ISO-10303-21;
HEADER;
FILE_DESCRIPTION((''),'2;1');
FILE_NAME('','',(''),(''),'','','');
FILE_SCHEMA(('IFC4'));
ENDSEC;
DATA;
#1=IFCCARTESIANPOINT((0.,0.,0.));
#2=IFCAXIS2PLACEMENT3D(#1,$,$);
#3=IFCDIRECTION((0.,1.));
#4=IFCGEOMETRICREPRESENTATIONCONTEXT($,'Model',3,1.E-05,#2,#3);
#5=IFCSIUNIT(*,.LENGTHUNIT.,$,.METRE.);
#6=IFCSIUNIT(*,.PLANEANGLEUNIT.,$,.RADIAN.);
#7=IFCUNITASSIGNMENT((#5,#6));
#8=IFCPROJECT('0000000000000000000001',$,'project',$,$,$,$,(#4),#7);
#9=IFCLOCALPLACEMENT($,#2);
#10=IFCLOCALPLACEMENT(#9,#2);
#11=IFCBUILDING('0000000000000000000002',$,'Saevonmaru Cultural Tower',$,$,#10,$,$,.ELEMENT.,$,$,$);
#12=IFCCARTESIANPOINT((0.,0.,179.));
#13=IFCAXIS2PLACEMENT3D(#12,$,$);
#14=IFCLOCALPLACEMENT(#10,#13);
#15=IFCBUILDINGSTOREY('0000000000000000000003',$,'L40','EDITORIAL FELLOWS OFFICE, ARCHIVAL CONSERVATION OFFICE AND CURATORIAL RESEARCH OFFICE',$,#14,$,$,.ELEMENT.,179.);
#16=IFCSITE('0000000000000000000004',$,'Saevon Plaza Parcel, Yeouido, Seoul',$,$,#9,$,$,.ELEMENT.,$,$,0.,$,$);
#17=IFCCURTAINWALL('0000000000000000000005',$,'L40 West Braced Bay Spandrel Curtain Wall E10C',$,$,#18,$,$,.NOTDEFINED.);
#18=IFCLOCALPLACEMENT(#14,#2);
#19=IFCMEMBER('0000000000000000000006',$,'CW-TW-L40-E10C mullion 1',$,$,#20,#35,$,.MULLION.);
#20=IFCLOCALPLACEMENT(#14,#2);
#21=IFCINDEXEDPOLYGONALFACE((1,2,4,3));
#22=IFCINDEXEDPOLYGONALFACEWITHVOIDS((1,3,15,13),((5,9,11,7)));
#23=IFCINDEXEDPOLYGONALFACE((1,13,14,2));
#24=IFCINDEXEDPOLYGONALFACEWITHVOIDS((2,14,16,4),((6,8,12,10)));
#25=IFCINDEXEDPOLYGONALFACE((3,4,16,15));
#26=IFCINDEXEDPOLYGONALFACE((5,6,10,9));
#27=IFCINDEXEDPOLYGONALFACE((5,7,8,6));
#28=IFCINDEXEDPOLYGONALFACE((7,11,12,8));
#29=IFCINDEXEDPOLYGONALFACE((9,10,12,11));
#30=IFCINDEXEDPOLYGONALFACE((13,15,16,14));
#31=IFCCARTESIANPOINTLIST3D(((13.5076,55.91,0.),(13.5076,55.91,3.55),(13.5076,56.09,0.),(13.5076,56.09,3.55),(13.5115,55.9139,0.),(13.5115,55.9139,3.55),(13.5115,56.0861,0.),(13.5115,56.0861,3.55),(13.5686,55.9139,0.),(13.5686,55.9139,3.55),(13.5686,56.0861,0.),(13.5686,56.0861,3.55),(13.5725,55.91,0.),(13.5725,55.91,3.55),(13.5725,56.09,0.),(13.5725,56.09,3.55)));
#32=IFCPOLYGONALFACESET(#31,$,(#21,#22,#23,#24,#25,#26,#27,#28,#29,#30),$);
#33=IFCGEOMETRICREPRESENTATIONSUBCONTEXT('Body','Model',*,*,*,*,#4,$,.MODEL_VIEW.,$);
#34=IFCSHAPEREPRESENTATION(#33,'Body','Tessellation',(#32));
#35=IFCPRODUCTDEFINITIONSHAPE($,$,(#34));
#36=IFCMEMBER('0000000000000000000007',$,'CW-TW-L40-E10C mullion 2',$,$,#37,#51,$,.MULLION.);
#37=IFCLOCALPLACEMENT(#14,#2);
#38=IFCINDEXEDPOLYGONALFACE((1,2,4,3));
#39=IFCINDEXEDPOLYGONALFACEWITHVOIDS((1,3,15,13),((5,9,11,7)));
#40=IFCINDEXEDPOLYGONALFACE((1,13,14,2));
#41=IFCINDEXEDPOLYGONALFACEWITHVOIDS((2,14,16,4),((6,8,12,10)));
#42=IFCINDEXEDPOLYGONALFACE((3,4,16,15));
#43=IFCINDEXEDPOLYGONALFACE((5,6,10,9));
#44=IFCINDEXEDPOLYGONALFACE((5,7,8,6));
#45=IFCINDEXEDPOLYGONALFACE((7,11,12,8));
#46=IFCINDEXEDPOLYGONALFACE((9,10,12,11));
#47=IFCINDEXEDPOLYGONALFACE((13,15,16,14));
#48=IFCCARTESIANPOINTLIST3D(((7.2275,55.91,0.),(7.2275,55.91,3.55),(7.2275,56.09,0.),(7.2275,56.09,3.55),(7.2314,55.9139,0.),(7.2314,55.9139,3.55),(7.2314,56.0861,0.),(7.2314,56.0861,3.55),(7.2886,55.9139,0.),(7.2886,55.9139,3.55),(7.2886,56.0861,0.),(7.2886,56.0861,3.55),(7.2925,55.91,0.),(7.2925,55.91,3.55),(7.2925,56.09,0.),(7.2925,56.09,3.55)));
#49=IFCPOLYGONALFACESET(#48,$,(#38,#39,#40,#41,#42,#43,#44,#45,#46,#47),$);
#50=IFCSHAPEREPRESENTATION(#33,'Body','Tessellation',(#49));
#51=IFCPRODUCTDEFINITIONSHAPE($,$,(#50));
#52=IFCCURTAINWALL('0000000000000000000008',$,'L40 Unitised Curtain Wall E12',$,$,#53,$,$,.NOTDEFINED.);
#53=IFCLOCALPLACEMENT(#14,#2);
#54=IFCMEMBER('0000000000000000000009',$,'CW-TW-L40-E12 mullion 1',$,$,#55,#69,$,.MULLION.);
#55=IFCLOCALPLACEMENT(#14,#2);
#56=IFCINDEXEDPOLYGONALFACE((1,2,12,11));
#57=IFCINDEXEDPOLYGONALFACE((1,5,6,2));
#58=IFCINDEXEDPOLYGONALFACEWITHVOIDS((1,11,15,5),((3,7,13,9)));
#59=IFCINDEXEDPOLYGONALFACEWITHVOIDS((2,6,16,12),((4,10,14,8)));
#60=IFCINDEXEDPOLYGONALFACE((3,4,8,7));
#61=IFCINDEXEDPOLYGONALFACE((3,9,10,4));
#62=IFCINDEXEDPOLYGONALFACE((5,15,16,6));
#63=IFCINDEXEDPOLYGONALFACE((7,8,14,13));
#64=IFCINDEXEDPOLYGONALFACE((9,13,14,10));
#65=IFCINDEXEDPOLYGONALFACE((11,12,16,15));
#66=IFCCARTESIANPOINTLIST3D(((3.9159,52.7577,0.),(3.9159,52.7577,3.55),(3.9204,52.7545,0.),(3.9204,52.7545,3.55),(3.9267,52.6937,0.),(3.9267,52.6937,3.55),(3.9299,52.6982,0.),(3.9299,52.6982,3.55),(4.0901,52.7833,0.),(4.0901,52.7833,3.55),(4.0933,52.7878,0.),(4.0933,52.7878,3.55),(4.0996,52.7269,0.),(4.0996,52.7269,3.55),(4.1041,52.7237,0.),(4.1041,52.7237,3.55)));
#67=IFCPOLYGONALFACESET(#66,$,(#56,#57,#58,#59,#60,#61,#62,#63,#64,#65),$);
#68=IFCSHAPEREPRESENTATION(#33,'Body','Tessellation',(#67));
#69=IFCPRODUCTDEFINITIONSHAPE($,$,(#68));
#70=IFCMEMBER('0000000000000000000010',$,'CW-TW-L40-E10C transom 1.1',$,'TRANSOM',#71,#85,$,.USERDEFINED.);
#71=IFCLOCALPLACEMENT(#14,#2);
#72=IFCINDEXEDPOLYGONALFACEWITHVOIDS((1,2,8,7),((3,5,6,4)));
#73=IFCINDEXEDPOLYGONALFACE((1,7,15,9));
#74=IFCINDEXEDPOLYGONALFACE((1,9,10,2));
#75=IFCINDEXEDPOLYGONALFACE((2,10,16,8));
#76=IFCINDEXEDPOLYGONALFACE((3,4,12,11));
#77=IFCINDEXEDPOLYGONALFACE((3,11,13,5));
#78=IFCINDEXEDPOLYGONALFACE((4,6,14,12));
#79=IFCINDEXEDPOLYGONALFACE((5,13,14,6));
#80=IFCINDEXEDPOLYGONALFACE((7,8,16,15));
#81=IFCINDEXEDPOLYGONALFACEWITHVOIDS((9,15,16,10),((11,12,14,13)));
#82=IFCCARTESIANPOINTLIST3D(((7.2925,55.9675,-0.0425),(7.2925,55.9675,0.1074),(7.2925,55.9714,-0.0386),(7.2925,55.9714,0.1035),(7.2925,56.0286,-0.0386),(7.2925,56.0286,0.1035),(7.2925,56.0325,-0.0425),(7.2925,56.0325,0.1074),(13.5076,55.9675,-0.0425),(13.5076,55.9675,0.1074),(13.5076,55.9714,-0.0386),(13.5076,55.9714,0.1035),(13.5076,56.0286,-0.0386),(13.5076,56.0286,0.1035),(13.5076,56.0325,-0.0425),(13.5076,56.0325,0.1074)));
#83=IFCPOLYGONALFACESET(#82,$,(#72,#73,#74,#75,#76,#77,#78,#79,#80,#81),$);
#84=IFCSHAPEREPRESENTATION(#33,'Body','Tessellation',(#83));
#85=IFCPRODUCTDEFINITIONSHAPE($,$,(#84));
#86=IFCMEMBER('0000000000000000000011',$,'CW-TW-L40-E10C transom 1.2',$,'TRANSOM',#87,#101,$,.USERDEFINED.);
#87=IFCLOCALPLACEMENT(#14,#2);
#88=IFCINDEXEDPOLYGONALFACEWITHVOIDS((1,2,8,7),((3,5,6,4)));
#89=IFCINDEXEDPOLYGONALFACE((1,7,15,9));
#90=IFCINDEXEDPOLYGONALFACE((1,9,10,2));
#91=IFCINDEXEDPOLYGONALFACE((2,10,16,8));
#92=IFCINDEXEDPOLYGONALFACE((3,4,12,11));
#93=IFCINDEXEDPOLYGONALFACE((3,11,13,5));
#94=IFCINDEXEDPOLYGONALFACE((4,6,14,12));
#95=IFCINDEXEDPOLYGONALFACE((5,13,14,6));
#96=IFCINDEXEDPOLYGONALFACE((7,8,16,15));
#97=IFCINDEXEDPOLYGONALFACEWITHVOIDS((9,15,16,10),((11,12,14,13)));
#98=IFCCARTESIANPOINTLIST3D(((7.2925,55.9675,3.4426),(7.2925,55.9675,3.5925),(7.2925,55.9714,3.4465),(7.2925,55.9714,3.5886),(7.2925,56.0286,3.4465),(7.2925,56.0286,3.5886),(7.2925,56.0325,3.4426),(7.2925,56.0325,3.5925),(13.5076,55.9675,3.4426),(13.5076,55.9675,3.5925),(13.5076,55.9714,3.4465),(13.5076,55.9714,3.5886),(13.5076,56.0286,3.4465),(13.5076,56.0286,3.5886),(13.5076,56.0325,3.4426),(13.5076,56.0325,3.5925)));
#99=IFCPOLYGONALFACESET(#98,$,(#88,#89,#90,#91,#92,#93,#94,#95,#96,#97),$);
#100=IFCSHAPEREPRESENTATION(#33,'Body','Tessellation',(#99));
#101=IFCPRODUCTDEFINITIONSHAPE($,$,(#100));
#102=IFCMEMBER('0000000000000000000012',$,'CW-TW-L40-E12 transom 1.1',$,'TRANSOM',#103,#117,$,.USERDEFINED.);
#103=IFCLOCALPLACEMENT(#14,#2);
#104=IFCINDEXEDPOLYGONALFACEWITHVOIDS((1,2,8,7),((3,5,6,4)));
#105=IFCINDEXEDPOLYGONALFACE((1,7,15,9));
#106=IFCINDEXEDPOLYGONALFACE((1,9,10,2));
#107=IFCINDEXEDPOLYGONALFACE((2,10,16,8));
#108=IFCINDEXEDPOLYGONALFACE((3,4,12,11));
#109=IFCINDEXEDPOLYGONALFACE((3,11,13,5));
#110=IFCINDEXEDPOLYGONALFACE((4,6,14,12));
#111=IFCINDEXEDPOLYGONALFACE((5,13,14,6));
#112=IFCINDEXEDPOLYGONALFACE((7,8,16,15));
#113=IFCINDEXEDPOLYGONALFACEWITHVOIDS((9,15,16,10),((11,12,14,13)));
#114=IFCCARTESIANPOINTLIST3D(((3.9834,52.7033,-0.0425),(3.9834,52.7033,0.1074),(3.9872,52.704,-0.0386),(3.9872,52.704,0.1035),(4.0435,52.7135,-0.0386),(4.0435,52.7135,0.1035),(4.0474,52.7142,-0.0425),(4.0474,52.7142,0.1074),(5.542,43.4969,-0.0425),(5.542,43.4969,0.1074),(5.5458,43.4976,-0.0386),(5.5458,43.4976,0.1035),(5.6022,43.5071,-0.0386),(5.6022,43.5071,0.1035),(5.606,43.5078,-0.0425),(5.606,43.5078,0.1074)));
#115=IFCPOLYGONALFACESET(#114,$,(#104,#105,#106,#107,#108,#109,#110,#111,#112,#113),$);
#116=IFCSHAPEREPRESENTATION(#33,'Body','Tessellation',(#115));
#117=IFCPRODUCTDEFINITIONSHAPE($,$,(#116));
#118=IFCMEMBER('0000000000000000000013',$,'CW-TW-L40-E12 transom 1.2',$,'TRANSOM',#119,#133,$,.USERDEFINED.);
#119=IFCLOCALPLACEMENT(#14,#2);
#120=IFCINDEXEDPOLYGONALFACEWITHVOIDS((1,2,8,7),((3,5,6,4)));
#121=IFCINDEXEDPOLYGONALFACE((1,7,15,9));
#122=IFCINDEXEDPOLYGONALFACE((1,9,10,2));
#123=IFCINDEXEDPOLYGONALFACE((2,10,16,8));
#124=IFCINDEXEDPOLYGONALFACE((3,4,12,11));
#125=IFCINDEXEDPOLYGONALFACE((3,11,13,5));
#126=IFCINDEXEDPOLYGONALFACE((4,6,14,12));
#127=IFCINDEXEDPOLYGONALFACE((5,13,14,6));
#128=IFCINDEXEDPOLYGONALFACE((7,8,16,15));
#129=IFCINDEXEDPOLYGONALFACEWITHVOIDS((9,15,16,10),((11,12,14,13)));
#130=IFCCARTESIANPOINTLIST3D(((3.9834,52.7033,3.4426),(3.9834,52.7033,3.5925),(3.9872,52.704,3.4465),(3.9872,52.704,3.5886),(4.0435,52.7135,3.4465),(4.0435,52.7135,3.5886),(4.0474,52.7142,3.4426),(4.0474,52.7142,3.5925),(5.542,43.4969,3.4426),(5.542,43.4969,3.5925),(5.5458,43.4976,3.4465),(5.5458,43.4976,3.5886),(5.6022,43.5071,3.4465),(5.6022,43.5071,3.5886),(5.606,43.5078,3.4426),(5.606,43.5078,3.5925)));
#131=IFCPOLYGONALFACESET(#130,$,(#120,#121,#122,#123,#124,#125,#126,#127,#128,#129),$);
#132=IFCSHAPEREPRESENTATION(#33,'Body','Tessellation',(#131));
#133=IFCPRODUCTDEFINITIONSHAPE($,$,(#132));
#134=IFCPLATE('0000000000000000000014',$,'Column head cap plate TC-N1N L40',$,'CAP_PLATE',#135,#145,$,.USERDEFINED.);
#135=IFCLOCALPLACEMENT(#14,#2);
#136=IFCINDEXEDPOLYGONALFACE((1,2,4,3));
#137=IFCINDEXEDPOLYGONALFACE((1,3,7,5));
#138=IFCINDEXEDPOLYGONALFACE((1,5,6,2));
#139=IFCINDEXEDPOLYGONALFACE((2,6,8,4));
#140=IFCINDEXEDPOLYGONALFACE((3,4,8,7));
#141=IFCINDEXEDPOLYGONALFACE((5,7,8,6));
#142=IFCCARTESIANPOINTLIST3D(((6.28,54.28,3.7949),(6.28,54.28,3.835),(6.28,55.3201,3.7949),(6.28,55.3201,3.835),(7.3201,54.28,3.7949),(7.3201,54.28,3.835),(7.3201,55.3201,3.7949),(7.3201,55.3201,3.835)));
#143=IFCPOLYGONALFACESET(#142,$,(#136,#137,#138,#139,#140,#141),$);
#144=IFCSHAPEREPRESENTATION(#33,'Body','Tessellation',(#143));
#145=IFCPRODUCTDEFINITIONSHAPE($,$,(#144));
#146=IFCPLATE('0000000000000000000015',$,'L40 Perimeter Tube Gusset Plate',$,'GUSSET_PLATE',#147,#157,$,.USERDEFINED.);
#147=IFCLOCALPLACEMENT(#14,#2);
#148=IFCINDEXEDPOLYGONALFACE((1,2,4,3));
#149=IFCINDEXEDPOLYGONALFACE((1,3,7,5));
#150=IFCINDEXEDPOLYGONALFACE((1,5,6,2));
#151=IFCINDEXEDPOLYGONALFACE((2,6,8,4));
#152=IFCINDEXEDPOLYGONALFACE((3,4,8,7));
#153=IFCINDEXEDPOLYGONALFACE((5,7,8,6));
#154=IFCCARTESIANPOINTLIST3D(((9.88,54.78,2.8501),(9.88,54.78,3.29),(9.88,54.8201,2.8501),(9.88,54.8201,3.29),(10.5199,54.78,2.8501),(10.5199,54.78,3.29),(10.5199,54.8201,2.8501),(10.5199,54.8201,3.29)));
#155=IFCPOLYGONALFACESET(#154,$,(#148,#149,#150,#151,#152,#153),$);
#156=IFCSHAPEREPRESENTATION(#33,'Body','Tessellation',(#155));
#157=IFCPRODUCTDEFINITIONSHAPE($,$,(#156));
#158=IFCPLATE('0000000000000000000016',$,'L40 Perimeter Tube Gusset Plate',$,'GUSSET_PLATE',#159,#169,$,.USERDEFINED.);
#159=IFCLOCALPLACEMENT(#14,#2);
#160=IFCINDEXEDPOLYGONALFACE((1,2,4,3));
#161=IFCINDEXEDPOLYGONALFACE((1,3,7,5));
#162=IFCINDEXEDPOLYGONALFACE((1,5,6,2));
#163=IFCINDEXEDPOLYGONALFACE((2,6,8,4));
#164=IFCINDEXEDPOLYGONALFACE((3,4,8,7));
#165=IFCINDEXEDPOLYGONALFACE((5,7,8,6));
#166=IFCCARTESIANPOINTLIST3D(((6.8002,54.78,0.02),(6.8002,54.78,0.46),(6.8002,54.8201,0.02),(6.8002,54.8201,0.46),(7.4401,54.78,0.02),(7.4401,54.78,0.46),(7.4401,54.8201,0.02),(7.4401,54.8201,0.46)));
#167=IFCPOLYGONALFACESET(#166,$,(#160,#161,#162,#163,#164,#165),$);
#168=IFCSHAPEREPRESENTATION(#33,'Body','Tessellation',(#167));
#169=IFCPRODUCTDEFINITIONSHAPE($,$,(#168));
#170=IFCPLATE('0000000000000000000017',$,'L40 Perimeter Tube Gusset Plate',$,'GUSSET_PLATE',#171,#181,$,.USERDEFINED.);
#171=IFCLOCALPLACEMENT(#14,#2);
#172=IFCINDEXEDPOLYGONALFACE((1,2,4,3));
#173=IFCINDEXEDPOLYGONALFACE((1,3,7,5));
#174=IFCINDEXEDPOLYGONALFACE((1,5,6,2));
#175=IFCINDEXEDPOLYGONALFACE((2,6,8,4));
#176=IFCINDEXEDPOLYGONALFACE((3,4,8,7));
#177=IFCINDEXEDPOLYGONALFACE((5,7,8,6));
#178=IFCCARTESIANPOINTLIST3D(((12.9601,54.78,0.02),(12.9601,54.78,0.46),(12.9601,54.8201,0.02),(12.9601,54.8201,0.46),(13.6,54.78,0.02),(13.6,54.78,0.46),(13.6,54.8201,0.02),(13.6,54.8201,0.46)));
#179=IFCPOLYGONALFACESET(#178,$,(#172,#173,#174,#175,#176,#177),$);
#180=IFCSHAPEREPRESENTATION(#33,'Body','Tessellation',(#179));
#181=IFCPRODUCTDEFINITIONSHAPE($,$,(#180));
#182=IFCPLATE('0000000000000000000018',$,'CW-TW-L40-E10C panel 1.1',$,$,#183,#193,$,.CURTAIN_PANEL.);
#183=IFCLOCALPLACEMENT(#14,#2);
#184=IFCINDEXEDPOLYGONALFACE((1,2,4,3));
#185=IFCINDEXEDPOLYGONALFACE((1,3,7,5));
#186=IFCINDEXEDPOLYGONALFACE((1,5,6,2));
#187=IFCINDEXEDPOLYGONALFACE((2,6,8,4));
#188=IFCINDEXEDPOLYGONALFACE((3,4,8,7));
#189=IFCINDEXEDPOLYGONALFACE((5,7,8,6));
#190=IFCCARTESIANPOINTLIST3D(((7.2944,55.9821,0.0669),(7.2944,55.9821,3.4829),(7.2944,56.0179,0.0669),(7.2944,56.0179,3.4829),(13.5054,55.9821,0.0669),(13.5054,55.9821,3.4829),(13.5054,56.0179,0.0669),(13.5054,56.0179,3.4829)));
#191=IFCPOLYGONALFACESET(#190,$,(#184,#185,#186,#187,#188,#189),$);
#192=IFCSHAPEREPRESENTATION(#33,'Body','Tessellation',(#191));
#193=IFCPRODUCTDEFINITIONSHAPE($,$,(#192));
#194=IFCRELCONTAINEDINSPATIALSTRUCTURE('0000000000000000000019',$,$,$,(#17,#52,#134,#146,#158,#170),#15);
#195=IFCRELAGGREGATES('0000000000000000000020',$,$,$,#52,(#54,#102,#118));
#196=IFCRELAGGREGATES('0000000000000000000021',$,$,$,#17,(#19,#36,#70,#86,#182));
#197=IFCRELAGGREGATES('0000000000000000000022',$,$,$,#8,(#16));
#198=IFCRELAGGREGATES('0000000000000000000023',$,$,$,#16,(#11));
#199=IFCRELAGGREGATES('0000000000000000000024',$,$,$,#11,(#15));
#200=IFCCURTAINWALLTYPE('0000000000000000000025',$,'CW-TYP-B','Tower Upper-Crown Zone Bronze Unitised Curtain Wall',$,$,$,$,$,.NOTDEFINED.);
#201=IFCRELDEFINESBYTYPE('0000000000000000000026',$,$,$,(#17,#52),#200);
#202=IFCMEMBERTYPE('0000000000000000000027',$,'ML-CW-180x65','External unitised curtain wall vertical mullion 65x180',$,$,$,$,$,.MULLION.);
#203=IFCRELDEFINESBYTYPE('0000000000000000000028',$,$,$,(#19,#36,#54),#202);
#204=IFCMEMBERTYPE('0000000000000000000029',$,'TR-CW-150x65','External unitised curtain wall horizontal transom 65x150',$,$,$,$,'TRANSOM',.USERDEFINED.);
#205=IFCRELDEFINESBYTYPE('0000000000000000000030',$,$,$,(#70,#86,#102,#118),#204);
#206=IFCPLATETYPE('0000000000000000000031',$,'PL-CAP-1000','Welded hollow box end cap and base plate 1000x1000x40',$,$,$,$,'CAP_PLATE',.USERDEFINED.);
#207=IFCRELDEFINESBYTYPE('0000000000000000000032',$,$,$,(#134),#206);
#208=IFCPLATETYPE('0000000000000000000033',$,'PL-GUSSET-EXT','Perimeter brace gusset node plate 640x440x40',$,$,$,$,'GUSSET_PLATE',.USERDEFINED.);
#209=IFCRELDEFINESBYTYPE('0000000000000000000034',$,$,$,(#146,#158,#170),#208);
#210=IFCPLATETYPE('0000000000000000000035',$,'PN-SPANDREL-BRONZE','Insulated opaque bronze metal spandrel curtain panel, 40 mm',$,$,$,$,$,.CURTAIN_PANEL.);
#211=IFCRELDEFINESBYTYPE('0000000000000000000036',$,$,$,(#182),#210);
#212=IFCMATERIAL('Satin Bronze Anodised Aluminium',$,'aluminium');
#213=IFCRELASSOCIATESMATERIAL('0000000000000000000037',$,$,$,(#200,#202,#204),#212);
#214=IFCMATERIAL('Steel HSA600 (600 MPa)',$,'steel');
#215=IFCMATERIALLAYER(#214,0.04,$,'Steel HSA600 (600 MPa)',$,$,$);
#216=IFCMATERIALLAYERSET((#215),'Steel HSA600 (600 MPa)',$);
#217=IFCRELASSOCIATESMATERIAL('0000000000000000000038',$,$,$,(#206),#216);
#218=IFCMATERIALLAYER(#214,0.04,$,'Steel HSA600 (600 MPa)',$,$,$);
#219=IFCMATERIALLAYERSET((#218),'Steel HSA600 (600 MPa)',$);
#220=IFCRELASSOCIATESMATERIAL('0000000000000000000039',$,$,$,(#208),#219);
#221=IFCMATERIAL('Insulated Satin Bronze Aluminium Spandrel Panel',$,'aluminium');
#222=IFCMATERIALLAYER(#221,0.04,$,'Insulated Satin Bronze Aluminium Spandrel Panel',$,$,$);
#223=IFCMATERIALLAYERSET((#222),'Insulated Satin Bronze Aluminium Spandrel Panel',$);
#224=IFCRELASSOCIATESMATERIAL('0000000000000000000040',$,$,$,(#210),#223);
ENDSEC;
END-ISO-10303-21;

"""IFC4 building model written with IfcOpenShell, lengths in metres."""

from ifc_helpers import new_model, si_unit, direction, frame, origin, origin_2d, place, context, subcontext, project, spatial, rectangle, hollow_rectangle, extrude, material, layer, layer_set, material_profile, profile_set, type_object, element, aggregate, save


model = new_model("IFC4")

# Units and contexts
model_context = context("Model", 3, precision=1e-05, world=origin(), true_north=direction((0.0, 1.0)))
body_context = subcontext(model_context, "Body", "Model", "MODEL_VIEW")
ifc_project = project(units=[si_unit("LENGTHUNIT", "METRE"), si_unit("PLANEANGLEUNIT", "RADIAN")], contexts=[model_context])

# Site, building, storey
site_placement = place(None, origin())
site = spatial("IfcSite", under=ifc_project, at=site_placement, Name="Saevon Plaza Parcel, Yeouido, Seoul", CompositionType="ELEMENT", RefElevation=0.0)
building_placement = place(site_placement, origin())
building = spatial("IfcBuilding", under=site, at=building_placement, Name="Saevonmaru Cultural Tower", CompositionType="ELEMENT")
storey_placement = place(building_placement, frame((0.0, 0.0, 179.0)))
storey = spatial("IfcBuildingStorey", under=building, at=storey_placement, Name="L40", Description="EDITORIAL FELLOWS OFFICE, ARCHIVAL CONSERVATION OFFICE AND CURATORIAL RESEARCH OFFICE", CompositionType="ELEMENT", Elevation=179.0)

# Curtain wall, members
ifc_material_1 = material(Name="Satin Bronze Anodised Aluminium", Category="aluminium")
curtain_wall_type = type_object("IfcCurtainWallType", Name="CW-TYP-B", Description="Tower Upper-Crown Zone Bronze Unitised Curtain Wall", PredefinedType="NOTDEFINED", material=ifc_material_1)
curtain_wall_1_placement = place(storey_placement, origin())
curtain_wall_1 = element("IfcCurtainWall", 1, at=curtain_wall_1_placement, inside=storey, type_object=curtain_wall_type, Name="L40 West Braced Bay Spandrel Curtain Wall E10C", PredefinedType="NOTDEFINED")
ifc_material_profile_1 = material_profile(ifc_material_1, hollow_rectangle(XDim=0.0649, YDim=0.1799, WallThickness=0.0039, at=origin_2d()), Name="ALU-MULL-180x65x4")
ifc_profile_set_1 = profile_set([ifc_material_profile_1], Name="Satin Bronze Anodised Aluminium")
member_type_1 = type_object("IfcMemberType", Name="ML-CW-180x65", Description="External unitised curtain wall vertical mullion 65x180", PredefinedType="MULLION", material=ifc_profile_set_1)
member_1_placement = place(storey_placement, frame((13.54, 56.0, 0.0), z_axis=(0.0, 0.0, 1.0), x_axis=(-1.0, 0.0, 0.0)))
member_1 = element("IfcMember", 2, at=member_1_placement, type_object=member_type_1, Name="CW-TW-L40-E10C mullion 1", PredefinedType="MULLION", context=body_context, shape_type="SweptSolid", body=[
    extrude(hollow_rectangle(XDim=0.0649, YDim=0.1799, WallThickness=0.0039, at=origin_2d()), origin(), (0.0, 0.0, 1.0), 3.55),
])
member_2_placement = place(storey_placement, frame((7.26, 56.0, 0.0), z_axis=(0.0, 0.0, 1.0), x_axis=(-1.0, 0.0, 0.0)))
member_2 = element("IfcMember", 3, at=member_2_placement, type_object=member_type_1, Name="CW-TW-L40-E10C mullion 2", PredefinedType="MULLION", context=body_context, shape_type="SweptSolid", body=[
    extrude(hollow_rectangle(XDim=0.0649, YDim=0.1799, WallThickness=0.0039, at=origin_2d()), origin(), (0.0, 0.0, 1.0), 3.55),
])

# Curtain wall, member
curtain_wall_2_placement = place(storey_placement, origin())
curtain_wall_2 = element("IfcCurtainWall", 4, at=curtain_wall_2_placement, inside=storey, type_object=curtain_wall_type, Name="L40 Unitised Curtain Wall E12", PredefinedType="NOTDEFINED")
member_3_placement = place(storey_placement, frame((4.01, 52.7407, 0.0), z_axis=(0.0, 0.0, 1.0), x_axis=(0.166922, -0.98597, 0.0)))
member_3 = element("IfcMember", 5, at=member_3_placement, type_object=member_type_1, Name="CW-TW-L40-E12 mullion 1", PredefinedType="MULLION", context=body_context, shape_type="SweptSolid", body=[
    extrude(hollow_rectangle(XDim=0.0649, YDim=0.1799, WallThickness=0.0039, at=origin_2d()), origin(), (0.0, 0.0, 1.0), 3.55),
])

# Members
ifc_material_profile_2 = material_profile(ifc_material_1, hollow_rectangle(XDim=0.0649, YDim=0.1499, WallThickness=0.0039, at=origin_2d()), Name="ALU-TRAN-150x65x4")
ifc_profile_set_2 = profile_set([ifc_material_profile_2], Name="Satin Bronze Anodised Aluminium")
member_type_2 = type_object("IfcMemberType", Name="TR-CW-150x65", Description="External unitised curtain wall horizontal transom 65x150", ElementType="TRANSOM", PredefinedType="USERDEFINED", material=ifc_profile_set_2)
member_4_placement = place(storey_placement, frame((13.5076, 56.0, 0.0325), z_axis=(-1.0, 0.0, 0.0), x_axis=(0.0, -1.0, 0.0)))
member_4 = element("IfcMember", 6, at=member_4_placement, type_object=member_type_2, Name="CW-TW-L40-E10C transom 1.1", ObjectType="TRANSOM", PredefinedType="USERDEFINED", context=body_context, shape_type="SweptSolid", body=[
    extrude(hollow_rectangle(XDim=0.0649, YDim=0.1499, WallThickness=0.0039, at=origin_2d()), origin(), (0.0, 0.0, 1.0), 6.2151),
])
member_5_placement = place(storey_placement, frame((13.5076, 56.0, 3.5176), z_axis=(-1.0, 0.0, 0.0), x_axis=(0.0, -1.0, 0.0)))
member_5 = element("IfcMember", 7, at=member_5_placement, type_object=member_type_2, Name="CW-TW-L40-E10C transom 1.2", ObjectType="TRANSOM", PredefinedType="USERDEFINED", context=body_context, shape_type="SweptSolid", body=[
    extrude(hollow_rectangle(XDim=0.0649, YDim=0.1499, WallThickness=0.0039, at=origin_2d()), origin(), (0.0, 0.0, 1.0), 6.2151),
])
member_6_placement = place(storey_placement, frame((4.0154, 52.7087, 0.0325), z_axis=(0.166921, -0.98597, 0.0), x_axis=(0.98597, 0.166921, 0.0)))
member_6 = element("IfcMember", 8, at=member_6_placement, type_object=member_type_2, Name="CW-TW-L40-E12 transom 1.1", ObjectType="TRANSOM", PredefinedType="USERDEFINED", context=body_context, shape_type="SweptSolid", body=[
    extrude(hollow_rectangle(XDim=0.0649, YDim=0.1499, WallThickness=0.0039, at=origin_2d()), origin(), (0.0, 0.0, 1.0), 9.3374),
])
member_7_placement = place(storey_placement, frame((4.0154, 52.7087, 3.5176), z_axis=(0.166921, -0.98597, 0.0), x_axis=(0.98597, 0.166921, 0.0)))
member_7 = element("IfcMember", 9, at=member_7_placement, type_object=member_type_2, Name="CW-TW-L40-E12 transom 1.2", ObjectType="TRANSOM", PredefinedType="USERDEFINED", context=body_context, shape_type="SweptSolid", body=[
    extrude(hollow_rectangle(XDim=0.0649, YDim=0.1499, WallThickness=0.0039, at=origin_2d()), origin(), (0.0, 0.0, 1.0), 9.3374),
])
aggregate(curtain_wall_2, [member_3, member_6, member_7])

# Plates
ifc_material_2 = material(Name="Steel HSA600 (600 MPa)", Category="steel")
ifc_layer_1 = layer(ifc_material_2, 0.04, Name="Steel HSA600 (600 MPa)")
ifc_layer_set_1 = layer_set([ifc_layer_1], Name="Steel HSA600 (600 MPa)")
plate_type_1 = type_object("IfcPlateType", Name="PL-CAP-1000", Description="Welded hollow box end cap and base plate 1000x1000x40", ElementType="CAP_PLATE", PredefinedType="USERDEFINED", material=ifc_layer_set_1)
plate_1_placement = place(storey_placement, frame((6.8, 54.8, 3.7949), z_axis=(0.0, 0.0, 1.0), x_axis=(1.0, 0.0, 0.0)))
element("IfcPlate", 10, at=plate_1_placement, inside=storey, type_object=plate_type_1, Name="Column head cap plate TC-N1N L40", ObjectType="CAP_PLATE", PredefinedType="USERDEFINED", context=body_context, shape_type="SweptSolid", body=[
    extrude(rectangle(XDim=1.04, YDim=1.04, at=origin_2d()), origin(), (0.0, 0.0, 1.0), 0.04),
])
ifc_layer_2 = layer(ifc_material_2, 0.04, Name="Steel HSA600 (600 MPa)")
ifc_layer_set_2 = layer_set([ifc_layer_2], Name="Steel HSA600 (600 MPa)")
plate_type_2 = type_object("IfcPlateType", Name="PL-GUSSET-EXT", Description="Perimeter brace gusset node plate 640x440x40", ElementType="GUSSET_PLATE", PredefinedType="USERDEFINED", material=ifc_layer_set_2)
for number, where, z_axis, x_axis, name in (
    (11, (10.2, 54.8, 2.8501), (0.0, 0.0, 1.0), (1.0, 0.0, 0.0), "L40 Perimeter Tube Gusset Plate"),
    (12, (7.1201, 54.8, 0.02), (0.0, 0.0, 1.0), (1.0, 0.0, 0.0), "L40 Perimeter Tube Gusset Plate"),
    (13, (13.28, 54.8, 0.02), (0.0, 0.0, 1.0), (1.0, 0.0, 0.0), "L40 Perimeter Tube Gusset Plate"),
):
    element("IfcPlate", number, at=place(storey_placement, frame(where, z_axis=z_axis, x_axis=x_axis)), inside=storey, type_object=plate_type_2, Name=name, ObjectType="GUSSET_PLATE", PredefinedType="USERDEFINED", context=body_context, shape_type="SweptSolid", body=[
        extrude(rectangle(XDim=0.6399, YDim=0.04, at=origin_2d()), origin(), (0.0, 0.0, 1.0), 0.4399),
    ])

# Plate
ifc_material_3 = material(Name="Insulated Satin Bronze Aluminium Spandrel Panel", Category="aluminium")
ifc_layer_3 = layer(ifc_material_3, 0.04, Name="Insulated Satin Bronze Aluminium Spandrel Panel")
ifc_layer_set_3 = layer_set([ifc_layer_3], Name="Insulated Satin Bronze Aluminium Spandrel Panel")
plate_type_3 = type_object("IfcPlateType", Name="PN-SPANDREL-BRONZE", Description="Insulated opaque bronze metal spandrel curtain panel, 40 mm", PredefinedType="CURTAIN_PANEL", material=ifc_layer_set_3)
plate_2_placement = place(storey_placement, frame((10.3999, 56.0, 0.0669), z_axis=(0.0, 0.0, 1.0), x_axis=(-1.0, 0.0, 0.0)))
plate_2 = element("IfcPlate", 14, at=plate_2_placement, type_object=plate_type_3, Name="CW-TW-L40-E10C panel 1.1", PredefinedType="CURTAIN_PANEL", context=body_context, shape_type="SweptSolid", body=[
    extrude(rectangle(XDim=6.2109, YDim=0.0359, at=origin_2d()), origin(), (0.0, 0.0, 1.0), 3.416),
])
aggregate(curtain_wall_1, [member_1, member_2, member_4, member_5, plate_2])

save(model, "model.ifc")
